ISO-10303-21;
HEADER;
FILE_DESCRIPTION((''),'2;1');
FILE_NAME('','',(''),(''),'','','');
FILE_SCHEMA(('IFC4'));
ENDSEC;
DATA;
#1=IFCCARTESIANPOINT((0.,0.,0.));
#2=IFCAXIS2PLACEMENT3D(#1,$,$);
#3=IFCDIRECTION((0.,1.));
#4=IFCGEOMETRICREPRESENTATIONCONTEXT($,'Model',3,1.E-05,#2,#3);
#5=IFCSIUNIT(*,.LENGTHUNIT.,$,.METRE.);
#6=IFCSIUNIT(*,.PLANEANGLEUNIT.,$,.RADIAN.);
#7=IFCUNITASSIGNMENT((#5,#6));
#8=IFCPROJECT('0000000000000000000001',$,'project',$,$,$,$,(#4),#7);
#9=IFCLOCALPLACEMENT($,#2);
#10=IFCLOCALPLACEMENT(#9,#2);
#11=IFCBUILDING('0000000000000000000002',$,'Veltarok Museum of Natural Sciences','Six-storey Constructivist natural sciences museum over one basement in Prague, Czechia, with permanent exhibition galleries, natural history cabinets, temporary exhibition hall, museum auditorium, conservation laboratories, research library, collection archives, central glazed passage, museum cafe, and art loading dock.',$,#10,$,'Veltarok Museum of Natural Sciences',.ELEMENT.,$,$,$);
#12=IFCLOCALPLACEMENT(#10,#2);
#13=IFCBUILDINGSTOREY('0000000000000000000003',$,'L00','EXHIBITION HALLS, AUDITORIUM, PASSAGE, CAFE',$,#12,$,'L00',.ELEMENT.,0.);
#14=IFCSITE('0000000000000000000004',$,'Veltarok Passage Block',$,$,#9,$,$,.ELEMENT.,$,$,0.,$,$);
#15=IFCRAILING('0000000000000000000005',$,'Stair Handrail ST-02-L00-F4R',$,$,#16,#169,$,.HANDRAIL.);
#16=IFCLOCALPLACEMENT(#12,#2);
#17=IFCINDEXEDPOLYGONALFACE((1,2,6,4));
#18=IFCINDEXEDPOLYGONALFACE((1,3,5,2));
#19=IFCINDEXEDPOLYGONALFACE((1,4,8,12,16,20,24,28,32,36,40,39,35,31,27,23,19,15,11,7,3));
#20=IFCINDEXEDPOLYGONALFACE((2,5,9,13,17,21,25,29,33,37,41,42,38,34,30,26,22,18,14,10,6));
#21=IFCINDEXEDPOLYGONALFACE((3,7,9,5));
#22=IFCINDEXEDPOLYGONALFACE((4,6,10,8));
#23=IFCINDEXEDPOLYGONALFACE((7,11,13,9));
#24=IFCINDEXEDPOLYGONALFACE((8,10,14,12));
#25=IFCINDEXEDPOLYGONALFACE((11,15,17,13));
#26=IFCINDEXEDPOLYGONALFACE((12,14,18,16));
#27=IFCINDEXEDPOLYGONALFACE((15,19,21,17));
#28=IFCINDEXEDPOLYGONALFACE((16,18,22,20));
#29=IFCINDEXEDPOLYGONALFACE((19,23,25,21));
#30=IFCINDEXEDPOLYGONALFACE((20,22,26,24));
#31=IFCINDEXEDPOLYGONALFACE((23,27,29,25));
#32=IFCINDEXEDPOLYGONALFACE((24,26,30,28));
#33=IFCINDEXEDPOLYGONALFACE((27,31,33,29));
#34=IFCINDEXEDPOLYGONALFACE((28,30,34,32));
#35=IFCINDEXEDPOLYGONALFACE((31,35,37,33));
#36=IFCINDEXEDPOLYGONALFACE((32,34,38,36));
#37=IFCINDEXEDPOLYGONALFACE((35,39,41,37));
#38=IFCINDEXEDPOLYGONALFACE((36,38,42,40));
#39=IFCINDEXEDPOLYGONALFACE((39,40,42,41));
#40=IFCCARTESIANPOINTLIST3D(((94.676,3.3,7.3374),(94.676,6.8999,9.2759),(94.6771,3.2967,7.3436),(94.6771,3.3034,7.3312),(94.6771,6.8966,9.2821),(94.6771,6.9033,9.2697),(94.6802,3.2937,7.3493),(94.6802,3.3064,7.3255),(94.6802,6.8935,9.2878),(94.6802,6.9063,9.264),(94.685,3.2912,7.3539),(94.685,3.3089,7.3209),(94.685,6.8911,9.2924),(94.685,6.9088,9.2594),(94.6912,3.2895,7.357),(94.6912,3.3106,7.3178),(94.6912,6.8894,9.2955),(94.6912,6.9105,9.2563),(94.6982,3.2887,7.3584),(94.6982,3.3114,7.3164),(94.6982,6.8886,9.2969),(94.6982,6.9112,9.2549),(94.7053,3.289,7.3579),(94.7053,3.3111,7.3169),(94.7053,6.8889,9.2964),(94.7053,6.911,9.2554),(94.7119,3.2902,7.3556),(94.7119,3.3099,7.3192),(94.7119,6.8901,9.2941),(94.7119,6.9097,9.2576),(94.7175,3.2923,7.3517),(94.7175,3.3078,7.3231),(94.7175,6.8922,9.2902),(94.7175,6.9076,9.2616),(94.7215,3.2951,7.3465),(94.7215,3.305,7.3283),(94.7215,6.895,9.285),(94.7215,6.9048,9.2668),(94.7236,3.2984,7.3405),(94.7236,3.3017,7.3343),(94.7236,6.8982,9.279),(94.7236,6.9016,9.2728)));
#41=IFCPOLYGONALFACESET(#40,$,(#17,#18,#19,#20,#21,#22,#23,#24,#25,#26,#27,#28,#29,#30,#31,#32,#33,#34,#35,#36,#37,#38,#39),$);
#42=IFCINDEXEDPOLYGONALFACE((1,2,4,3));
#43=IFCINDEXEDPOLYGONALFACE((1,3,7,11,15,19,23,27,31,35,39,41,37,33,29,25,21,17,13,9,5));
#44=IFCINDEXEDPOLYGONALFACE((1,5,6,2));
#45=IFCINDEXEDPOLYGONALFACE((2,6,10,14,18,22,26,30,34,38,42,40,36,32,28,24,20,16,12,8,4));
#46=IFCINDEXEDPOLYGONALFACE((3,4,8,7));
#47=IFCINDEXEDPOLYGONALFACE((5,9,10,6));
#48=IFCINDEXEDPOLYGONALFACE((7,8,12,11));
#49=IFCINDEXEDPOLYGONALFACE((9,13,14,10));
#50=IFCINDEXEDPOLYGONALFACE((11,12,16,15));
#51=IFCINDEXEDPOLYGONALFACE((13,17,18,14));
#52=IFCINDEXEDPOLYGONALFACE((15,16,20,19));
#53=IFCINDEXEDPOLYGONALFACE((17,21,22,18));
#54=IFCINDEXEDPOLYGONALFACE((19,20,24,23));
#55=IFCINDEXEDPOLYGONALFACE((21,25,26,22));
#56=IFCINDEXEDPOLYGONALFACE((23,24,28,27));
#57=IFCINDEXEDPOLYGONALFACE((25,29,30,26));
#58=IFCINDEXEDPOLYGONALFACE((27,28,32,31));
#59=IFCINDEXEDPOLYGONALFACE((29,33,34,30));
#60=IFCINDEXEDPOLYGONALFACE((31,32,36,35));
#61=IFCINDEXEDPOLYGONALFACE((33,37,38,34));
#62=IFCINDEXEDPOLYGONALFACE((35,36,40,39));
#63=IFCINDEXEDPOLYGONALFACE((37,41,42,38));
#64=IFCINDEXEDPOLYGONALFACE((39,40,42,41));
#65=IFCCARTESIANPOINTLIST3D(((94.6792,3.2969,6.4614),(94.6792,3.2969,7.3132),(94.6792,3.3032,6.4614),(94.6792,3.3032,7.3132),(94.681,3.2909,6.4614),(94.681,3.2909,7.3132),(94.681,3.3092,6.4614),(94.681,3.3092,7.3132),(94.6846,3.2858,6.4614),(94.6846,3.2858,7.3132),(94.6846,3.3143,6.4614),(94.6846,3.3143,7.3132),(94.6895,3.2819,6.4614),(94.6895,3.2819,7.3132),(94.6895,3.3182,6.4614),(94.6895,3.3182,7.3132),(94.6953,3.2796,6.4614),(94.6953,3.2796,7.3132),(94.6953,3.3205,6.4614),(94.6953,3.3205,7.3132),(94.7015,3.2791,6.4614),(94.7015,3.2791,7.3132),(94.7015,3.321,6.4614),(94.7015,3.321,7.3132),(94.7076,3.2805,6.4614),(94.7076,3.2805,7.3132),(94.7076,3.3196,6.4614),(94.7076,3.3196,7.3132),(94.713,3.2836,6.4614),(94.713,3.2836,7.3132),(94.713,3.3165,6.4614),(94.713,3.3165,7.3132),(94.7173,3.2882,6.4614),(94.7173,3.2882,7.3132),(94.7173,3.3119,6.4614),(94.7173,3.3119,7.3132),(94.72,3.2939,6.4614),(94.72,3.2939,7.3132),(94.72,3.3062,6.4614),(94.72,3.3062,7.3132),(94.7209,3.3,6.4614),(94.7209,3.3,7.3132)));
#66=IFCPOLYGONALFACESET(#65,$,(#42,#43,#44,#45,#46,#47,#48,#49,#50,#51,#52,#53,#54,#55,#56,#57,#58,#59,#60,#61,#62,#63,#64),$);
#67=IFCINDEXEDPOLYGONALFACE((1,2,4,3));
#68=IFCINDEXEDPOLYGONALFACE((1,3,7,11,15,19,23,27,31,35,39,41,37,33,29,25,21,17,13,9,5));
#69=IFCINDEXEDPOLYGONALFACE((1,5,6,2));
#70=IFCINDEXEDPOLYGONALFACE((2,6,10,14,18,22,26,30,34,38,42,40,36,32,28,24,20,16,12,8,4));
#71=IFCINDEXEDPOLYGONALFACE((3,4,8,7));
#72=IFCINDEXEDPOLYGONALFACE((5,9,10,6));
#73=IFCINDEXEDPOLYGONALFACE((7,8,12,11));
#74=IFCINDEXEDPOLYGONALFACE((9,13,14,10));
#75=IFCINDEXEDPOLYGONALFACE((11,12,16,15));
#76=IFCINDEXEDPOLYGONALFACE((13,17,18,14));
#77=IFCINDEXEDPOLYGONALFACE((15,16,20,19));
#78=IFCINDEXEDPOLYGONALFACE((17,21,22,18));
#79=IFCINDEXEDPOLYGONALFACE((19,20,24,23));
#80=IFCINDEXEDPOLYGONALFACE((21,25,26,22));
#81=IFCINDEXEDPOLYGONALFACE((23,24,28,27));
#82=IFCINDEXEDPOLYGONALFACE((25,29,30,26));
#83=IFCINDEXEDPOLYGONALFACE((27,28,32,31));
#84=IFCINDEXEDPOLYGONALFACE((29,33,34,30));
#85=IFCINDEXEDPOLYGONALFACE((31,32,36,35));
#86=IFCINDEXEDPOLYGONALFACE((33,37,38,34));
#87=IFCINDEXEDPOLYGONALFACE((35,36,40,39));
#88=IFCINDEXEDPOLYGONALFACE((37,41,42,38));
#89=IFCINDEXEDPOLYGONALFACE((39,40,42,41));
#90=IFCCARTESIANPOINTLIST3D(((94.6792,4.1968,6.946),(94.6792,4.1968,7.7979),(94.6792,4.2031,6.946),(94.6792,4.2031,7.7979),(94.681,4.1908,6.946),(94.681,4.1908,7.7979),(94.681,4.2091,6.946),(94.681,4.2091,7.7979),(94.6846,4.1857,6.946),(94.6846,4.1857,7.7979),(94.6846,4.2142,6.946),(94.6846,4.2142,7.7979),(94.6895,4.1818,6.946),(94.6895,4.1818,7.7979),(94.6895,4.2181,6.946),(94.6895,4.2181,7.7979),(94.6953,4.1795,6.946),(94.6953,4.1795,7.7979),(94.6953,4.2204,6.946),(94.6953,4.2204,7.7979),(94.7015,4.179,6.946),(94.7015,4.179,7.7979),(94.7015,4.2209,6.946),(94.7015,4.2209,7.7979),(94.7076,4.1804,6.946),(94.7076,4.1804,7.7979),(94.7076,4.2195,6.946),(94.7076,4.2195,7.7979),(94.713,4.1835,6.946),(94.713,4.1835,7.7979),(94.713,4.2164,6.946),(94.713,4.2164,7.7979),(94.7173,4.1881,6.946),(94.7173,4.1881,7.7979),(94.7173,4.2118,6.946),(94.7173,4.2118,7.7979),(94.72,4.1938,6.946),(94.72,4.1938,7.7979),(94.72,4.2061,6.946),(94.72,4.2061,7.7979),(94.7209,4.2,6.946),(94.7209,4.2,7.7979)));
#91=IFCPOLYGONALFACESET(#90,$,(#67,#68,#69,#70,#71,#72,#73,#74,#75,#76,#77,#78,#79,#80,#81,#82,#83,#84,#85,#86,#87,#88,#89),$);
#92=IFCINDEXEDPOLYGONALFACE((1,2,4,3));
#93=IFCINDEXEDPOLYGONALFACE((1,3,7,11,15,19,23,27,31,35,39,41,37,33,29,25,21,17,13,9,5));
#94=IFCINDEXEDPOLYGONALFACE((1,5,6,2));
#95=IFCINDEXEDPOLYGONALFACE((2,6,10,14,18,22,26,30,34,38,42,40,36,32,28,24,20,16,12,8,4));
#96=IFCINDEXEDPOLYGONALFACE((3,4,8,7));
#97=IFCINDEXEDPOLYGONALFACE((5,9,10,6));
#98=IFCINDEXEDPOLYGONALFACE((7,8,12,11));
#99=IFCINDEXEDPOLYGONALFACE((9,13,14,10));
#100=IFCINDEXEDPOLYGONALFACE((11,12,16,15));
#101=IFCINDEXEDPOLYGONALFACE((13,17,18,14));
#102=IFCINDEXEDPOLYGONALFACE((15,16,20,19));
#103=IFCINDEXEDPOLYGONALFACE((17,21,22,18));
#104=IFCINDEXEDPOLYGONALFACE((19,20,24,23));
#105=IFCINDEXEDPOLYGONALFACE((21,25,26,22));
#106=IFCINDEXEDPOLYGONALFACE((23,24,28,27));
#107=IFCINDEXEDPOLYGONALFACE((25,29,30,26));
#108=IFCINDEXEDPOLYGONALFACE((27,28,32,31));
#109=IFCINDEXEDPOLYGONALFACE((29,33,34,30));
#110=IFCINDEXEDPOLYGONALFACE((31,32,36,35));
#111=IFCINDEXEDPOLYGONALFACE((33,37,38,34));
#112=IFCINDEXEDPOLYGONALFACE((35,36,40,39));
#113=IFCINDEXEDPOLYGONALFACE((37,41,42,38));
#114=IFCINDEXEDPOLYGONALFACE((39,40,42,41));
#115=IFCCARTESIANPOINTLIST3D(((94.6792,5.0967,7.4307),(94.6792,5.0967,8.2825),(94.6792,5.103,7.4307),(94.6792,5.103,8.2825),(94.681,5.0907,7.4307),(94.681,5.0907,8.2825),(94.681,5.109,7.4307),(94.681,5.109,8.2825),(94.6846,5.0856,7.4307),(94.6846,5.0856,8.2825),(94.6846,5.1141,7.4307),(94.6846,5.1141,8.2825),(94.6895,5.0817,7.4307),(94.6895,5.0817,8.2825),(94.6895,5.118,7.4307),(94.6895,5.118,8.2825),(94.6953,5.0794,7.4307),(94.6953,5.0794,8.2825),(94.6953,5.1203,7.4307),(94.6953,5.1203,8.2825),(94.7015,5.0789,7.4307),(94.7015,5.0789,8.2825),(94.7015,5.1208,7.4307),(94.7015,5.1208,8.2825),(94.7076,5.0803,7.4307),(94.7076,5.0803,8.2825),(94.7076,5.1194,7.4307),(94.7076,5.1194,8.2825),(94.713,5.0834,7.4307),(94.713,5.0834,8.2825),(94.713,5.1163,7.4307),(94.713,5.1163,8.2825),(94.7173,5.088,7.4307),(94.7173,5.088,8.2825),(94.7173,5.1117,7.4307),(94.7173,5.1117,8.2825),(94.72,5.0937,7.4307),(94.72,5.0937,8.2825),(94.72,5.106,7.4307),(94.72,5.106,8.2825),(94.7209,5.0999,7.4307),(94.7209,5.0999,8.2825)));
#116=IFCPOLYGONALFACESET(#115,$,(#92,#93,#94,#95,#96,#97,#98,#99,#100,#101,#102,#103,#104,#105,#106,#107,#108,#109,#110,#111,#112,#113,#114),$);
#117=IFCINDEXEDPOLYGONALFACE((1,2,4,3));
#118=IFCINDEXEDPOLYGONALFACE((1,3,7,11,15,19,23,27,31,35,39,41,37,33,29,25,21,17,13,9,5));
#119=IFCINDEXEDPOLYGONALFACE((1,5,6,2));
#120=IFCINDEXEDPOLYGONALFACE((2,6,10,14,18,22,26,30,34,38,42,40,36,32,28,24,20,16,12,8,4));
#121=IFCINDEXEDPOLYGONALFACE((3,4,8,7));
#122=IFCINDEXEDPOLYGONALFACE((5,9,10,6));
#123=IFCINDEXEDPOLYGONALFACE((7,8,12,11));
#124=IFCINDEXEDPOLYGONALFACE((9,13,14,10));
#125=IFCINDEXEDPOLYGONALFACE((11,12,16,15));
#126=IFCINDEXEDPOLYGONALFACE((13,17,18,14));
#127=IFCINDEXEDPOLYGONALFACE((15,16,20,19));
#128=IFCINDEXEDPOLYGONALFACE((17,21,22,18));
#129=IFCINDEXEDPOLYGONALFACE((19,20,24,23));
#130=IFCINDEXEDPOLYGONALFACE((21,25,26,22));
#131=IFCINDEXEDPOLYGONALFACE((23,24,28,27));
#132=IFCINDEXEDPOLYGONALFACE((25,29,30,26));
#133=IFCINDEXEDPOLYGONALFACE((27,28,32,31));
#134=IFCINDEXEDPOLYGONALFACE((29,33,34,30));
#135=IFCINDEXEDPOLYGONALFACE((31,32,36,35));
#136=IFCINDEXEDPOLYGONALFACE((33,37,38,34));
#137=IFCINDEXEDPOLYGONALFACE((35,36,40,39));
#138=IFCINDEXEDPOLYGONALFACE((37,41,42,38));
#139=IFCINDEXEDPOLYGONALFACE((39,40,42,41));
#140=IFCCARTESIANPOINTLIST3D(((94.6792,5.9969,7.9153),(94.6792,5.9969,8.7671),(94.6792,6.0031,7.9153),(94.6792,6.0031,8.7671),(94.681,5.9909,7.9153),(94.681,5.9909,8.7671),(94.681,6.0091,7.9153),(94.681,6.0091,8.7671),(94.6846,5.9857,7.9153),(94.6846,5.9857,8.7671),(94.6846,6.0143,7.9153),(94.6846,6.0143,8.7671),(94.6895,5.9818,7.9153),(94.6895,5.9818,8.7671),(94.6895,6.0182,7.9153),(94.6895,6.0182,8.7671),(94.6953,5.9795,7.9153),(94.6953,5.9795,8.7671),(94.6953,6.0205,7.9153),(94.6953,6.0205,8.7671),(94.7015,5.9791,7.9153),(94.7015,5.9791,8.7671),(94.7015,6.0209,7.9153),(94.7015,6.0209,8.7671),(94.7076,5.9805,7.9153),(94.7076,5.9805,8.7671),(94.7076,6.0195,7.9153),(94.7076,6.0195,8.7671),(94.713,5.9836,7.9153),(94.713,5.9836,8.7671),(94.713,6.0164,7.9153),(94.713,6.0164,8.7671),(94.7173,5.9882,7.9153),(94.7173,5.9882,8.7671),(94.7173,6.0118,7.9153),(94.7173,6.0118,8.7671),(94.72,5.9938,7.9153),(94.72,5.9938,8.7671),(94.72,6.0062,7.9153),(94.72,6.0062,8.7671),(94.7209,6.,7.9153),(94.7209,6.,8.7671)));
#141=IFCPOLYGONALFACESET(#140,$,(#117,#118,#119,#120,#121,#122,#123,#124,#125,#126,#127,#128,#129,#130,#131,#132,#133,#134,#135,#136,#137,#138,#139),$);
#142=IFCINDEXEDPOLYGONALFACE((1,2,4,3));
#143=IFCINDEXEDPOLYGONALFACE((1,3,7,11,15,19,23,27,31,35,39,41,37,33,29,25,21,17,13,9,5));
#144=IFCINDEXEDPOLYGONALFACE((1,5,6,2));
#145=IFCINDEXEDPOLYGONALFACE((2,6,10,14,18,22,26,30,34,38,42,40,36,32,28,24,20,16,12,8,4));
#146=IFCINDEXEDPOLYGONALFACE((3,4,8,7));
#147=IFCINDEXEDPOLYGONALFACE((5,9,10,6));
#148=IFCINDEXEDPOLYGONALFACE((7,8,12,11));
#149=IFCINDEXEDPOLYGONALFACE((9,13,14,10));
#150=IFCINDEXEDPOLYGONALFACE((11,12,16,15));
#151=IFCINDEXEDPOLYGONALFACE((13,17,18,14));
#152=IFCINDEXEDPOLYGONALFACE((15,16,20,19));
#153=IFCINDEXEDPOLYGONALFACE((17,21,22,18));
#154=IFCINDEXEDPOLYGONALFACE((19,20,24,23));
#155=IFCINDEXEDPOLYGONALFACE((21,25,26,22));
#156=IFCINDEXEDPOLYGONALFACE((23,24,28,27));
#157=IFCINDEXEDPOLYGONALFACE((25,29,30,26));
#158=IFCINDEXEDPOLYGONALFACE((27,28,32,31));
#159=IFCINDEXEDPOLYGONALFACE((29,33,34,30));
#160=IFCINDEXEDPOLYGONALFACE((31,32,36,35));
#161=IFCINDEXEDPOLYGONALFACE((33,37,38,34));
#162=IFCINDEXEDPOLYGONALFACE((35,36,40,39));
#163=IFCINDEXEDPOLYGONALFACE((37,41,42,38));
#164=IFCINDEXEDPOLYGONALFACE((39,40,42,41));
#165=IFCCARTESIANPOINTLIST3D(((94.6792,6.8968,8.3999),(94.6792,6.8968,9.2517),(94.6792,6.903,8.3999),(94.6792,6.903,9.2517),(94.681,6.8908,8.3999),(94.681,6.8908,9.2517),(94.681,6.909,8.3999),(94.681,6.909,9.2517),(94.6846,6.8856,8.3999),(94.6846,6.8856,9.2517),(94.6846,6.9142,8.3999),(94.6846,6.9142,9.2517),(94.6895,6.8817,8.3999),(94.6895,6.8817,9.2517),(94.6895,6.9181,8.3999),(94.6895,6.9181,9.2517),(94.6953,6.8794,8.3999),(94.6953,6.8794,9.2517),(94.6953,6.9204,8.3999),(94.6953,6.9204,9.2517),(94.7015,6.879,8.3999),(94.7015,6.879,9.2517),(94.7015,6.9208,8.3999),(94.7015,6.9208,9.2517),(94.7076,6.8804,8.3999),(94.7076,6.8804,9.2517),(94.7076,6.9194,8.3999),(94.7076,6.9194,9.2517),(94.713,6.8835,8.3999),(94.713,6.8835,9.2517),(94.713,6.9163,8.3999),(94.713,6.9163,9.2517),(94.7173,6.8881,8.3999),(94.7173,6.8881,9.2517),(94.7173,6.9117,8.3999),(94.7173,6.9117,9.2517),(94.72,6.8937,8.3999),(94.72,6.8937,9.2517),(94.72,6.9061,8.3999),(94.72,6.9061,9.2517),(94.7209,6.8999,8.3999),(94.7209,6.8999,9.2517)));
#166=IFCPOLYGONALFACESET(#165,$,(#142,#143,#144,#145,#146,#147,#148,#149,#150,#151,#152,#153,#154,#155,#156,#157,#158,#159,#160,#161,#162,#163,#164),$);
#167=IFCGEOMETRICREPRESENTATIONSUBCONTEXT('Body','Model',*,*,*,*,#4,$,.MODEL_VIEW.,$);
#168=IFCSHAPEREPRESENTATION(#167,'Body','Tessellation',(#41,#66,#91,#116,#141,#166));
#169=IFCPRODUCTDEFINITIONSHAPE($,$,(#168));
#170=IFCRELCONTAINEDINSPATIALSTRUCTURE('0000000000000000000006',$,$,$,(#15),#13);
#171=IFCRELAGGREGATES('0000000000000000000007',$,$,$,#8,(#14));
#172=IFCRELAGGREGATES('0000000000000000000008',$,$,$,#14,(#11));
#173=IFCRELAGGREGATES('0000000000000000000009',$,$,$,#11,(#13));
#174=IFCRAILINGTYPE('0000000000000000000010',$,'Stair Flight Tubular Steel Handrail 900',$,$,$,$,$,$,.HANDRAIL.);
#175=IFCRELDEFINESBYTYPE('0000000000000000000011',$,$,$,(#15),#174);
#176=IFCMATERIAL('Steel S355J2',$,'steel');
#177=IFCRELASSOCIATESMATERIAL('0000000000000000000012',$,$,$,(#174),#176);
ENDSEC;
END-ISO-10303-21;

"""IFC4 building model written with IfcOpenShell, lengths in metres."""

from ifc_helpers import new_model, si_unit, direction, frame, origin, origin_2d, place, context, subcontext, project, spatial, circle, extrude, material, type_object, element, save


model = new_model("IFC4")

# Units and contexts
model_context = context("Model", 3, precision=1e-05, world=origin(), true_north=direction((0.0, 1.0)))
body_context = subcontext(model_context, "Body", "Model", "MODEL_VIEW")
ifc_project = project(units=[si_unit("LENGTHUNIT", "METRE"), si_unit("PLANEANGLEUNIT", "RADIAN")], contexts=[model_context])

# Site, building, storey
site_placement = place(None, origin())
site = spatial("IfcSite", under=ifc_project, at=site_placement, Name="Veltarok Passage Block", CompositionType="ELEMENT", RefElevation=0.0)
building_placement = place(site_placement, origin())
building = spatial("IfcBuilding", under=site, at=building_placement, Name="Veltarok Museum of Natural Sciences", Description="Six-storey Constructivist natural sciences museum over one basement in Prague, Czechia, with permanent exhibition galleries, natural history cabinets, temporary exhibition hall, museum auditorium, conservation laboratories, research library, collection archives, central glazed passage, museum cafe, and art loading dock.", LongName="Veltarok Museum of Natural Sciences", CompositionType="ELEMENT")
storey_placement = place(building_placement, origin())
storey = spatial("IfcBuildingStorey", under=building, at=storey_placement, Name="L00", Description="EXHIBITION HALLS, AUDITORIUM, PASSAGE, CAFE", LongName="L00", CompositionType="ELEMENT", Elevation=0.0)

# Railing
ifc_material_1 = material(Name="Steel S355J2", Category="steel")
railing_type_1 = type_object("IfcRailingType", Name="Stair Flight Tubular Steel Handrail 900", PredefinedType="HANDRAIL", material=ifc_material_1)
for number, where, name in (
    (1, (94.7, 3.3, 6.4614), "Stair Handrail ST-02-L00-F4R"),
):
    element("IfcRailing", number, at=place(storey_placement, frame(where)), inside=storey, type_object=railing_type_1, Name=name, PredefinedType="HANDRAIL", context=body_context, shape_type="SweptSolid", body=[
        extrude(circle(Radius=0.0239, at=origin_2d()), frame((0.0, 0.0, 0.876), z_axis=(0.0, 0.880462, 0.474118), x_axis=(-1.0, 0.0, 0.0)), (0.0, 0.0, 1.0), 4.0886),
        extrude(circle(Radius=0.021, at=origin_2d()), origin(), (0.0, 0.0, 1.0), 0.8518),
        extrude(circle(Radius=0.021, at=origin_2d()), frame((0.0, 0.8999, 0.4846)), (0.0, 0.0, 1.0), 0.8518),
        extrude(circle(Radius=0.021, at=origin_2d()), frame((0.0, 1.7998, 0.9692)), (0.0, 0.0, 1.0), 0.8518),
        extrude(circle(Radius=0.021, at=origin_2d()), frame((0.0, 2.7, 1.4539)), (0.0, 0.0, 1.0), 0.8518),
        extrude(circle(Radius=0.021, at=origin_2d()), frame((0.0, 3.5999, 1.9385)), (0.0, 0.0, 1.0), 0.8518),
    ])

save(model, "model.ifc")
